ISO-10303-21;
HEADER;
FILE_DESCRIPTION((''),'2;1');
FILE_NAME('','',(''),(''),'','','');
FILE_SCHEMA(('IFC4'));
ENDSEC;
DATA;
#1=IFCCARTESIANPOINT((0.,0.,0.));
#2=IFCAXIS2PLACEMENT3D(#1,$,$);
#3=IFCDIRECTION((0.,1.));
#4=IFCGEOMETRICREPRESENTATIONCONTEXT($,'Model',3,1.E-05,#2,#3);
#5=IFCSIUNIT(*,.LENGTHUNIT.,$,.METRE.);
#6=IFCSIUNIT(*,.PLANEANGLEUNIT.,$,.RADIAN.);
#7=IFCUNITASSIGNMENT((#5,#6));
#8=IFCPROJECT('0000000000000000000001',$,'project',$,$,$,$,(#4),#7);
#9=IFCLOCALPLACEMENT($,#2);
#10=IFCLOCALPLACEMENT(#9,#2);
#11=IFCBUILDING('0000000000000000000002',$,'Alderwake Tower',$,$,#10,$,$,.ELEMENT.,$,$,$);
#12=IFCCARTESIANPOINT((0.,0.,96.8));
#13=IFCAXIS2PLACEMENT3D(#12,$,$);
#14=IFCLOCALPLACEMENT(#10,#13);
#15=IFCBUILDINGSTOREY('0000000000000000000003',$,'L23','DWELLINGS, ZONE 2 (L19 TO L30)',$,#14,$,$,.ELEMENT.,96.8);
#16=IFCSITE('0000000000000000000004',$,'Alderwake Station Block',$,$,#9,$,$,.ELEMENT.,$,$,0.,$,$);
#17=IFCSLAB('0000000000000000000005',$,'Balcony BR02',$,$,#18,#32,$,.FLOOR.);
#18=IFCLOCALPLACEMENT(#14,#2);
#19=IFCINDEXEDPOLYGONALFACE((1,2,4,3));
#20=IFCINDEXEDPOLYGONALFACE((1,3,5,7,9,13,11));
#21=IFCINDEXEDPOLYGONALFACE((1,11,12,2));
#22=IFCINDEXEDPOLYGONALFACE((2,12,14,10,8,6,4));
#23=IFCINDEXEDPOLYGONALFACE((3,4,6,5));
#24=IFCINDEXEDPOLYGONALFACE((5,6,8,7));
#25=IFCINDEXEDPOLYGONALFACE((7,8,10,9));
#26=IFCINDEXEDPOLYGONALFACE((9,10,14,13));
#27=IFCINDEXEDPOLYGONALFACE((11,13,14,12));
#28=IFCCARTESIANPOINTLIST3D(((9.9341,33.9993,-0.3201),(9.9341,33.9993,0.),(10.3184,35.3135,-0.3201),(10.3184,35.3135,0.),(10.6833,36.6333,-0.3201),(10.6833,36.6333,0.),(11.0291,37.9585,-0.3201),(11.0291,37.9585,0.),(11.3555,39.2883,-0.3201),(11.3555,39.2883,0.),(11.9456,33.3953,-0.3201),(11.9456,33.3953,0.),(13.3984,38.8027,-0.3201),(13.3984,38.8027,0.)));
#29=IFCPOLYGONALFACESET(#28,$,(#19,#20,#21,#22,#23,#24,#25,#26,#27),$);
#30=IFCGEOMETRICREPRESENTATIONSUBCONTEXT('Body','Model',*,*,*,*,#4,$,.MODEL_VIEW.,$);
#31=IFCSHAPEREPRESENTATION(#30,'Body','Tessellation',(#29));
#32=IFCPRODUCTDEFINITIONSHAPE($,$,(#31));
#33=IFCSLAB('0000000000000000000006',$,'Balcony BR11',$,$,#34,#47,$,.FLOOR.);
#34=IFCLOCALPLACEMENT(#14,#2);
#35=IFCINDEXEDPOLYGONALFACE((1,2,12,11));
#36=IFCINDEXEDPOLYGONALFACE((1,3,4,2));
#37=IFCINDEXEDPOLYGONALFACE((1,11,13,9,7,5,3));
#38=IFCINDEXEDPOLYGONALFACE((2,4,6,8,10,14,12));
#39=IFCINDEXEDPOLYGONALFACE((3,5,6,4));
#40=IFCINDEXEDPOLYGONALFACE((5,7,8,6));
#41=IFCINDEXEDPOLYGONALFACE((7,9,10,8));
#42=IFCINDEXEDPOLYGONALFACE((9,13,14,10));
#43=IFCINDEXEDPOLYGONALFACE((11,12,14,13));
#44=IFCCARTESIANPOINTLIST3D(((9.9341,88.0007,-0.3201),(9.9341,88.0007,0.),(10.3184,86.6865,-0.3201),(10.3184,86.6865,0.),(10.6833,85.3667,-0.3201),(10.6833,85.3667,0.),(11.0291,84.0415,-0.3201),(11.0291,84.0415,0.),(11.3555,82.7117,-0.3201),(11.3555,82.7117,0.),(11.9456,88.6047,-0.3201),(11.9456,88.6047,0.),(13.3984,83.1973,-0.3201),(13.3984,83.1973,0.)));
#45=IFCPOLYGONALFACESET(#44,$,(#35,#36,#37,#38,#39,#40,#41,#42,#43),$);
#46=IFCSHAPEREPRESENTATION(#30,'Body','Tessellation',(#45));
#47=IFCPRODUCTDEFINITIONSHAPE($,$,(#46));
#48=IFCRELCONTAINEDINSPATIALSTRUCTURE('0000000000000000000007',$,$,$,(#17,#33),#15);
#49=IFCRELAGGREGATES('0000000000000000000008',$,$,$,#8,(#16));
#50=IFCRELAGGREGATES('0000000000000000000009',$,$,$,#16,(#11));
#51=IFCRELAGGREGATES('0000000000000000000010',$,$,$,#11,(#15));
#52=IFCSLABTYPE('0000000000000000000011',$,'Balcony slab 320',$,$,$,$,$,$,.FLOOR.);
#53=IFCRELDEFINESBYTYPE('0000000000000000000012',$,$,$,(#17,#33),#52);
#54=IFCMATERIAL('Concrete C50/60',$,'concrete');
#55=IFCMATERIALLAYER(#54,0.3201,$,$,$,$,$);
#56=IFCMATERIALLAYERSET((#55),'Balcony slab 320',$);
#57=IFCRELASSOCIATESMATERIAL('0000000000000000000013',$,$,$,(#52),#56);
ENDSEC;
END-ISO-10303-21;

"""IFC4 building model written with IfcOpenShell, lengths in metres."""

from ifc_helpers import new_model, si_unit, direction, frame, origin, place, context, subcontext, project, spatial, polyline, outline, extrude, material, layer, layer_set, type_object, element, save


model = new_model("IFC4")

# Units and contexts
model_context = context("Model", 3, precision=1e-05, world=origin(), true_north=direction((0.0, 1.0)))
body_context = subcontext(model_context, "Body", "Model", "MODEL_VIEW")
ifc_project = project(units=[si_unit("LENGTHUNIT", "METRE"), si_unit("PLANEANGLEUNIT", "RADIAN")], contexts=[model_context])

# Site, building, storey
site_placement = place(None, origin())
site = spatial("IfcSite", under=ifc_project, at=site_placement, Name="Alderwake Station Block", CompositionType="ELEMENT", RefElevation=0.0)
building_placement = place(site_placement, origin())
building = spatial("IfcBuilding", under=site, at=building_placement, Name="Alderwake Tower", CompositionType="ELEMENT")
storey_placement = place(building_placement, frame((0.0, 0.0, 96.8)))
storey = spatial("IfcBuildingStorey", under=building, at=storey_placement, Name="L23", Description="DWELLINGS, ZONE 2 (L19 TO L30)", CompositionType="ELEMENT", Elevation=96.8)

# Slabs
ifc_material_1 = material(Name="Concrete C50/60", Category="concrete")
ifc_layer_1 = layer(ifc_material_1, 0.3201)
ifc_layer_set_1 = layer_set([ifc_layer_1], Name="Balcony slab 320")
slab_type_1 = type_object("IfcSlabType", Name="Balcony slab 320", PredefinedType="FLOOR", material=ifc_layer_set_1)
slab_1_placement = place(storey_placement, frame((0.0, 0.0, -0.3201)))
element("IfcSlab", 1, at=slab_1_placement, inside=storey, type_object=slab_type_1, Name="Balcony BR02", PredefinedType="FLOOR", context=body_context, shape_type="SweptSolid", body=[
    extrude(outline(polyline([(9.9341, 33.9993), (11.9456, 33.3953), (13.3984, 38.8027), (11.3555, 39.2883), (11.0291, 37.9585), (10.6833, 36.6333), (10.3184, 35.3135), (9.9341, 33.9993)])), origin(), (0.0, 0.0, 1.0), 0.3201),
])
slab_2_placement = place(storey_placement, frame((0.0, 0.0, -0.3201)))
element("IfcSlab", 2, at=slab_2_placement, inside=storey, type_object=slab_type_1, Name="Balcony BR11", PredefinedType="FLOOR", context=body_context, shape_type="SweptSolid", body=[
    extrude(outline(polyline([(11.3555, 82.7117), (13.3984, 83.1973), (11.9456, 88.6047), (9.9341, 88.0007), (10.3184, 86.6865), (10.6833, 85.3667), (11.0291, 84.0415), (11.3555, 82.7117)])), origin(), (0.0, 0.0, 1.0), 0.3201),
])

save(model, "model.ifc")
